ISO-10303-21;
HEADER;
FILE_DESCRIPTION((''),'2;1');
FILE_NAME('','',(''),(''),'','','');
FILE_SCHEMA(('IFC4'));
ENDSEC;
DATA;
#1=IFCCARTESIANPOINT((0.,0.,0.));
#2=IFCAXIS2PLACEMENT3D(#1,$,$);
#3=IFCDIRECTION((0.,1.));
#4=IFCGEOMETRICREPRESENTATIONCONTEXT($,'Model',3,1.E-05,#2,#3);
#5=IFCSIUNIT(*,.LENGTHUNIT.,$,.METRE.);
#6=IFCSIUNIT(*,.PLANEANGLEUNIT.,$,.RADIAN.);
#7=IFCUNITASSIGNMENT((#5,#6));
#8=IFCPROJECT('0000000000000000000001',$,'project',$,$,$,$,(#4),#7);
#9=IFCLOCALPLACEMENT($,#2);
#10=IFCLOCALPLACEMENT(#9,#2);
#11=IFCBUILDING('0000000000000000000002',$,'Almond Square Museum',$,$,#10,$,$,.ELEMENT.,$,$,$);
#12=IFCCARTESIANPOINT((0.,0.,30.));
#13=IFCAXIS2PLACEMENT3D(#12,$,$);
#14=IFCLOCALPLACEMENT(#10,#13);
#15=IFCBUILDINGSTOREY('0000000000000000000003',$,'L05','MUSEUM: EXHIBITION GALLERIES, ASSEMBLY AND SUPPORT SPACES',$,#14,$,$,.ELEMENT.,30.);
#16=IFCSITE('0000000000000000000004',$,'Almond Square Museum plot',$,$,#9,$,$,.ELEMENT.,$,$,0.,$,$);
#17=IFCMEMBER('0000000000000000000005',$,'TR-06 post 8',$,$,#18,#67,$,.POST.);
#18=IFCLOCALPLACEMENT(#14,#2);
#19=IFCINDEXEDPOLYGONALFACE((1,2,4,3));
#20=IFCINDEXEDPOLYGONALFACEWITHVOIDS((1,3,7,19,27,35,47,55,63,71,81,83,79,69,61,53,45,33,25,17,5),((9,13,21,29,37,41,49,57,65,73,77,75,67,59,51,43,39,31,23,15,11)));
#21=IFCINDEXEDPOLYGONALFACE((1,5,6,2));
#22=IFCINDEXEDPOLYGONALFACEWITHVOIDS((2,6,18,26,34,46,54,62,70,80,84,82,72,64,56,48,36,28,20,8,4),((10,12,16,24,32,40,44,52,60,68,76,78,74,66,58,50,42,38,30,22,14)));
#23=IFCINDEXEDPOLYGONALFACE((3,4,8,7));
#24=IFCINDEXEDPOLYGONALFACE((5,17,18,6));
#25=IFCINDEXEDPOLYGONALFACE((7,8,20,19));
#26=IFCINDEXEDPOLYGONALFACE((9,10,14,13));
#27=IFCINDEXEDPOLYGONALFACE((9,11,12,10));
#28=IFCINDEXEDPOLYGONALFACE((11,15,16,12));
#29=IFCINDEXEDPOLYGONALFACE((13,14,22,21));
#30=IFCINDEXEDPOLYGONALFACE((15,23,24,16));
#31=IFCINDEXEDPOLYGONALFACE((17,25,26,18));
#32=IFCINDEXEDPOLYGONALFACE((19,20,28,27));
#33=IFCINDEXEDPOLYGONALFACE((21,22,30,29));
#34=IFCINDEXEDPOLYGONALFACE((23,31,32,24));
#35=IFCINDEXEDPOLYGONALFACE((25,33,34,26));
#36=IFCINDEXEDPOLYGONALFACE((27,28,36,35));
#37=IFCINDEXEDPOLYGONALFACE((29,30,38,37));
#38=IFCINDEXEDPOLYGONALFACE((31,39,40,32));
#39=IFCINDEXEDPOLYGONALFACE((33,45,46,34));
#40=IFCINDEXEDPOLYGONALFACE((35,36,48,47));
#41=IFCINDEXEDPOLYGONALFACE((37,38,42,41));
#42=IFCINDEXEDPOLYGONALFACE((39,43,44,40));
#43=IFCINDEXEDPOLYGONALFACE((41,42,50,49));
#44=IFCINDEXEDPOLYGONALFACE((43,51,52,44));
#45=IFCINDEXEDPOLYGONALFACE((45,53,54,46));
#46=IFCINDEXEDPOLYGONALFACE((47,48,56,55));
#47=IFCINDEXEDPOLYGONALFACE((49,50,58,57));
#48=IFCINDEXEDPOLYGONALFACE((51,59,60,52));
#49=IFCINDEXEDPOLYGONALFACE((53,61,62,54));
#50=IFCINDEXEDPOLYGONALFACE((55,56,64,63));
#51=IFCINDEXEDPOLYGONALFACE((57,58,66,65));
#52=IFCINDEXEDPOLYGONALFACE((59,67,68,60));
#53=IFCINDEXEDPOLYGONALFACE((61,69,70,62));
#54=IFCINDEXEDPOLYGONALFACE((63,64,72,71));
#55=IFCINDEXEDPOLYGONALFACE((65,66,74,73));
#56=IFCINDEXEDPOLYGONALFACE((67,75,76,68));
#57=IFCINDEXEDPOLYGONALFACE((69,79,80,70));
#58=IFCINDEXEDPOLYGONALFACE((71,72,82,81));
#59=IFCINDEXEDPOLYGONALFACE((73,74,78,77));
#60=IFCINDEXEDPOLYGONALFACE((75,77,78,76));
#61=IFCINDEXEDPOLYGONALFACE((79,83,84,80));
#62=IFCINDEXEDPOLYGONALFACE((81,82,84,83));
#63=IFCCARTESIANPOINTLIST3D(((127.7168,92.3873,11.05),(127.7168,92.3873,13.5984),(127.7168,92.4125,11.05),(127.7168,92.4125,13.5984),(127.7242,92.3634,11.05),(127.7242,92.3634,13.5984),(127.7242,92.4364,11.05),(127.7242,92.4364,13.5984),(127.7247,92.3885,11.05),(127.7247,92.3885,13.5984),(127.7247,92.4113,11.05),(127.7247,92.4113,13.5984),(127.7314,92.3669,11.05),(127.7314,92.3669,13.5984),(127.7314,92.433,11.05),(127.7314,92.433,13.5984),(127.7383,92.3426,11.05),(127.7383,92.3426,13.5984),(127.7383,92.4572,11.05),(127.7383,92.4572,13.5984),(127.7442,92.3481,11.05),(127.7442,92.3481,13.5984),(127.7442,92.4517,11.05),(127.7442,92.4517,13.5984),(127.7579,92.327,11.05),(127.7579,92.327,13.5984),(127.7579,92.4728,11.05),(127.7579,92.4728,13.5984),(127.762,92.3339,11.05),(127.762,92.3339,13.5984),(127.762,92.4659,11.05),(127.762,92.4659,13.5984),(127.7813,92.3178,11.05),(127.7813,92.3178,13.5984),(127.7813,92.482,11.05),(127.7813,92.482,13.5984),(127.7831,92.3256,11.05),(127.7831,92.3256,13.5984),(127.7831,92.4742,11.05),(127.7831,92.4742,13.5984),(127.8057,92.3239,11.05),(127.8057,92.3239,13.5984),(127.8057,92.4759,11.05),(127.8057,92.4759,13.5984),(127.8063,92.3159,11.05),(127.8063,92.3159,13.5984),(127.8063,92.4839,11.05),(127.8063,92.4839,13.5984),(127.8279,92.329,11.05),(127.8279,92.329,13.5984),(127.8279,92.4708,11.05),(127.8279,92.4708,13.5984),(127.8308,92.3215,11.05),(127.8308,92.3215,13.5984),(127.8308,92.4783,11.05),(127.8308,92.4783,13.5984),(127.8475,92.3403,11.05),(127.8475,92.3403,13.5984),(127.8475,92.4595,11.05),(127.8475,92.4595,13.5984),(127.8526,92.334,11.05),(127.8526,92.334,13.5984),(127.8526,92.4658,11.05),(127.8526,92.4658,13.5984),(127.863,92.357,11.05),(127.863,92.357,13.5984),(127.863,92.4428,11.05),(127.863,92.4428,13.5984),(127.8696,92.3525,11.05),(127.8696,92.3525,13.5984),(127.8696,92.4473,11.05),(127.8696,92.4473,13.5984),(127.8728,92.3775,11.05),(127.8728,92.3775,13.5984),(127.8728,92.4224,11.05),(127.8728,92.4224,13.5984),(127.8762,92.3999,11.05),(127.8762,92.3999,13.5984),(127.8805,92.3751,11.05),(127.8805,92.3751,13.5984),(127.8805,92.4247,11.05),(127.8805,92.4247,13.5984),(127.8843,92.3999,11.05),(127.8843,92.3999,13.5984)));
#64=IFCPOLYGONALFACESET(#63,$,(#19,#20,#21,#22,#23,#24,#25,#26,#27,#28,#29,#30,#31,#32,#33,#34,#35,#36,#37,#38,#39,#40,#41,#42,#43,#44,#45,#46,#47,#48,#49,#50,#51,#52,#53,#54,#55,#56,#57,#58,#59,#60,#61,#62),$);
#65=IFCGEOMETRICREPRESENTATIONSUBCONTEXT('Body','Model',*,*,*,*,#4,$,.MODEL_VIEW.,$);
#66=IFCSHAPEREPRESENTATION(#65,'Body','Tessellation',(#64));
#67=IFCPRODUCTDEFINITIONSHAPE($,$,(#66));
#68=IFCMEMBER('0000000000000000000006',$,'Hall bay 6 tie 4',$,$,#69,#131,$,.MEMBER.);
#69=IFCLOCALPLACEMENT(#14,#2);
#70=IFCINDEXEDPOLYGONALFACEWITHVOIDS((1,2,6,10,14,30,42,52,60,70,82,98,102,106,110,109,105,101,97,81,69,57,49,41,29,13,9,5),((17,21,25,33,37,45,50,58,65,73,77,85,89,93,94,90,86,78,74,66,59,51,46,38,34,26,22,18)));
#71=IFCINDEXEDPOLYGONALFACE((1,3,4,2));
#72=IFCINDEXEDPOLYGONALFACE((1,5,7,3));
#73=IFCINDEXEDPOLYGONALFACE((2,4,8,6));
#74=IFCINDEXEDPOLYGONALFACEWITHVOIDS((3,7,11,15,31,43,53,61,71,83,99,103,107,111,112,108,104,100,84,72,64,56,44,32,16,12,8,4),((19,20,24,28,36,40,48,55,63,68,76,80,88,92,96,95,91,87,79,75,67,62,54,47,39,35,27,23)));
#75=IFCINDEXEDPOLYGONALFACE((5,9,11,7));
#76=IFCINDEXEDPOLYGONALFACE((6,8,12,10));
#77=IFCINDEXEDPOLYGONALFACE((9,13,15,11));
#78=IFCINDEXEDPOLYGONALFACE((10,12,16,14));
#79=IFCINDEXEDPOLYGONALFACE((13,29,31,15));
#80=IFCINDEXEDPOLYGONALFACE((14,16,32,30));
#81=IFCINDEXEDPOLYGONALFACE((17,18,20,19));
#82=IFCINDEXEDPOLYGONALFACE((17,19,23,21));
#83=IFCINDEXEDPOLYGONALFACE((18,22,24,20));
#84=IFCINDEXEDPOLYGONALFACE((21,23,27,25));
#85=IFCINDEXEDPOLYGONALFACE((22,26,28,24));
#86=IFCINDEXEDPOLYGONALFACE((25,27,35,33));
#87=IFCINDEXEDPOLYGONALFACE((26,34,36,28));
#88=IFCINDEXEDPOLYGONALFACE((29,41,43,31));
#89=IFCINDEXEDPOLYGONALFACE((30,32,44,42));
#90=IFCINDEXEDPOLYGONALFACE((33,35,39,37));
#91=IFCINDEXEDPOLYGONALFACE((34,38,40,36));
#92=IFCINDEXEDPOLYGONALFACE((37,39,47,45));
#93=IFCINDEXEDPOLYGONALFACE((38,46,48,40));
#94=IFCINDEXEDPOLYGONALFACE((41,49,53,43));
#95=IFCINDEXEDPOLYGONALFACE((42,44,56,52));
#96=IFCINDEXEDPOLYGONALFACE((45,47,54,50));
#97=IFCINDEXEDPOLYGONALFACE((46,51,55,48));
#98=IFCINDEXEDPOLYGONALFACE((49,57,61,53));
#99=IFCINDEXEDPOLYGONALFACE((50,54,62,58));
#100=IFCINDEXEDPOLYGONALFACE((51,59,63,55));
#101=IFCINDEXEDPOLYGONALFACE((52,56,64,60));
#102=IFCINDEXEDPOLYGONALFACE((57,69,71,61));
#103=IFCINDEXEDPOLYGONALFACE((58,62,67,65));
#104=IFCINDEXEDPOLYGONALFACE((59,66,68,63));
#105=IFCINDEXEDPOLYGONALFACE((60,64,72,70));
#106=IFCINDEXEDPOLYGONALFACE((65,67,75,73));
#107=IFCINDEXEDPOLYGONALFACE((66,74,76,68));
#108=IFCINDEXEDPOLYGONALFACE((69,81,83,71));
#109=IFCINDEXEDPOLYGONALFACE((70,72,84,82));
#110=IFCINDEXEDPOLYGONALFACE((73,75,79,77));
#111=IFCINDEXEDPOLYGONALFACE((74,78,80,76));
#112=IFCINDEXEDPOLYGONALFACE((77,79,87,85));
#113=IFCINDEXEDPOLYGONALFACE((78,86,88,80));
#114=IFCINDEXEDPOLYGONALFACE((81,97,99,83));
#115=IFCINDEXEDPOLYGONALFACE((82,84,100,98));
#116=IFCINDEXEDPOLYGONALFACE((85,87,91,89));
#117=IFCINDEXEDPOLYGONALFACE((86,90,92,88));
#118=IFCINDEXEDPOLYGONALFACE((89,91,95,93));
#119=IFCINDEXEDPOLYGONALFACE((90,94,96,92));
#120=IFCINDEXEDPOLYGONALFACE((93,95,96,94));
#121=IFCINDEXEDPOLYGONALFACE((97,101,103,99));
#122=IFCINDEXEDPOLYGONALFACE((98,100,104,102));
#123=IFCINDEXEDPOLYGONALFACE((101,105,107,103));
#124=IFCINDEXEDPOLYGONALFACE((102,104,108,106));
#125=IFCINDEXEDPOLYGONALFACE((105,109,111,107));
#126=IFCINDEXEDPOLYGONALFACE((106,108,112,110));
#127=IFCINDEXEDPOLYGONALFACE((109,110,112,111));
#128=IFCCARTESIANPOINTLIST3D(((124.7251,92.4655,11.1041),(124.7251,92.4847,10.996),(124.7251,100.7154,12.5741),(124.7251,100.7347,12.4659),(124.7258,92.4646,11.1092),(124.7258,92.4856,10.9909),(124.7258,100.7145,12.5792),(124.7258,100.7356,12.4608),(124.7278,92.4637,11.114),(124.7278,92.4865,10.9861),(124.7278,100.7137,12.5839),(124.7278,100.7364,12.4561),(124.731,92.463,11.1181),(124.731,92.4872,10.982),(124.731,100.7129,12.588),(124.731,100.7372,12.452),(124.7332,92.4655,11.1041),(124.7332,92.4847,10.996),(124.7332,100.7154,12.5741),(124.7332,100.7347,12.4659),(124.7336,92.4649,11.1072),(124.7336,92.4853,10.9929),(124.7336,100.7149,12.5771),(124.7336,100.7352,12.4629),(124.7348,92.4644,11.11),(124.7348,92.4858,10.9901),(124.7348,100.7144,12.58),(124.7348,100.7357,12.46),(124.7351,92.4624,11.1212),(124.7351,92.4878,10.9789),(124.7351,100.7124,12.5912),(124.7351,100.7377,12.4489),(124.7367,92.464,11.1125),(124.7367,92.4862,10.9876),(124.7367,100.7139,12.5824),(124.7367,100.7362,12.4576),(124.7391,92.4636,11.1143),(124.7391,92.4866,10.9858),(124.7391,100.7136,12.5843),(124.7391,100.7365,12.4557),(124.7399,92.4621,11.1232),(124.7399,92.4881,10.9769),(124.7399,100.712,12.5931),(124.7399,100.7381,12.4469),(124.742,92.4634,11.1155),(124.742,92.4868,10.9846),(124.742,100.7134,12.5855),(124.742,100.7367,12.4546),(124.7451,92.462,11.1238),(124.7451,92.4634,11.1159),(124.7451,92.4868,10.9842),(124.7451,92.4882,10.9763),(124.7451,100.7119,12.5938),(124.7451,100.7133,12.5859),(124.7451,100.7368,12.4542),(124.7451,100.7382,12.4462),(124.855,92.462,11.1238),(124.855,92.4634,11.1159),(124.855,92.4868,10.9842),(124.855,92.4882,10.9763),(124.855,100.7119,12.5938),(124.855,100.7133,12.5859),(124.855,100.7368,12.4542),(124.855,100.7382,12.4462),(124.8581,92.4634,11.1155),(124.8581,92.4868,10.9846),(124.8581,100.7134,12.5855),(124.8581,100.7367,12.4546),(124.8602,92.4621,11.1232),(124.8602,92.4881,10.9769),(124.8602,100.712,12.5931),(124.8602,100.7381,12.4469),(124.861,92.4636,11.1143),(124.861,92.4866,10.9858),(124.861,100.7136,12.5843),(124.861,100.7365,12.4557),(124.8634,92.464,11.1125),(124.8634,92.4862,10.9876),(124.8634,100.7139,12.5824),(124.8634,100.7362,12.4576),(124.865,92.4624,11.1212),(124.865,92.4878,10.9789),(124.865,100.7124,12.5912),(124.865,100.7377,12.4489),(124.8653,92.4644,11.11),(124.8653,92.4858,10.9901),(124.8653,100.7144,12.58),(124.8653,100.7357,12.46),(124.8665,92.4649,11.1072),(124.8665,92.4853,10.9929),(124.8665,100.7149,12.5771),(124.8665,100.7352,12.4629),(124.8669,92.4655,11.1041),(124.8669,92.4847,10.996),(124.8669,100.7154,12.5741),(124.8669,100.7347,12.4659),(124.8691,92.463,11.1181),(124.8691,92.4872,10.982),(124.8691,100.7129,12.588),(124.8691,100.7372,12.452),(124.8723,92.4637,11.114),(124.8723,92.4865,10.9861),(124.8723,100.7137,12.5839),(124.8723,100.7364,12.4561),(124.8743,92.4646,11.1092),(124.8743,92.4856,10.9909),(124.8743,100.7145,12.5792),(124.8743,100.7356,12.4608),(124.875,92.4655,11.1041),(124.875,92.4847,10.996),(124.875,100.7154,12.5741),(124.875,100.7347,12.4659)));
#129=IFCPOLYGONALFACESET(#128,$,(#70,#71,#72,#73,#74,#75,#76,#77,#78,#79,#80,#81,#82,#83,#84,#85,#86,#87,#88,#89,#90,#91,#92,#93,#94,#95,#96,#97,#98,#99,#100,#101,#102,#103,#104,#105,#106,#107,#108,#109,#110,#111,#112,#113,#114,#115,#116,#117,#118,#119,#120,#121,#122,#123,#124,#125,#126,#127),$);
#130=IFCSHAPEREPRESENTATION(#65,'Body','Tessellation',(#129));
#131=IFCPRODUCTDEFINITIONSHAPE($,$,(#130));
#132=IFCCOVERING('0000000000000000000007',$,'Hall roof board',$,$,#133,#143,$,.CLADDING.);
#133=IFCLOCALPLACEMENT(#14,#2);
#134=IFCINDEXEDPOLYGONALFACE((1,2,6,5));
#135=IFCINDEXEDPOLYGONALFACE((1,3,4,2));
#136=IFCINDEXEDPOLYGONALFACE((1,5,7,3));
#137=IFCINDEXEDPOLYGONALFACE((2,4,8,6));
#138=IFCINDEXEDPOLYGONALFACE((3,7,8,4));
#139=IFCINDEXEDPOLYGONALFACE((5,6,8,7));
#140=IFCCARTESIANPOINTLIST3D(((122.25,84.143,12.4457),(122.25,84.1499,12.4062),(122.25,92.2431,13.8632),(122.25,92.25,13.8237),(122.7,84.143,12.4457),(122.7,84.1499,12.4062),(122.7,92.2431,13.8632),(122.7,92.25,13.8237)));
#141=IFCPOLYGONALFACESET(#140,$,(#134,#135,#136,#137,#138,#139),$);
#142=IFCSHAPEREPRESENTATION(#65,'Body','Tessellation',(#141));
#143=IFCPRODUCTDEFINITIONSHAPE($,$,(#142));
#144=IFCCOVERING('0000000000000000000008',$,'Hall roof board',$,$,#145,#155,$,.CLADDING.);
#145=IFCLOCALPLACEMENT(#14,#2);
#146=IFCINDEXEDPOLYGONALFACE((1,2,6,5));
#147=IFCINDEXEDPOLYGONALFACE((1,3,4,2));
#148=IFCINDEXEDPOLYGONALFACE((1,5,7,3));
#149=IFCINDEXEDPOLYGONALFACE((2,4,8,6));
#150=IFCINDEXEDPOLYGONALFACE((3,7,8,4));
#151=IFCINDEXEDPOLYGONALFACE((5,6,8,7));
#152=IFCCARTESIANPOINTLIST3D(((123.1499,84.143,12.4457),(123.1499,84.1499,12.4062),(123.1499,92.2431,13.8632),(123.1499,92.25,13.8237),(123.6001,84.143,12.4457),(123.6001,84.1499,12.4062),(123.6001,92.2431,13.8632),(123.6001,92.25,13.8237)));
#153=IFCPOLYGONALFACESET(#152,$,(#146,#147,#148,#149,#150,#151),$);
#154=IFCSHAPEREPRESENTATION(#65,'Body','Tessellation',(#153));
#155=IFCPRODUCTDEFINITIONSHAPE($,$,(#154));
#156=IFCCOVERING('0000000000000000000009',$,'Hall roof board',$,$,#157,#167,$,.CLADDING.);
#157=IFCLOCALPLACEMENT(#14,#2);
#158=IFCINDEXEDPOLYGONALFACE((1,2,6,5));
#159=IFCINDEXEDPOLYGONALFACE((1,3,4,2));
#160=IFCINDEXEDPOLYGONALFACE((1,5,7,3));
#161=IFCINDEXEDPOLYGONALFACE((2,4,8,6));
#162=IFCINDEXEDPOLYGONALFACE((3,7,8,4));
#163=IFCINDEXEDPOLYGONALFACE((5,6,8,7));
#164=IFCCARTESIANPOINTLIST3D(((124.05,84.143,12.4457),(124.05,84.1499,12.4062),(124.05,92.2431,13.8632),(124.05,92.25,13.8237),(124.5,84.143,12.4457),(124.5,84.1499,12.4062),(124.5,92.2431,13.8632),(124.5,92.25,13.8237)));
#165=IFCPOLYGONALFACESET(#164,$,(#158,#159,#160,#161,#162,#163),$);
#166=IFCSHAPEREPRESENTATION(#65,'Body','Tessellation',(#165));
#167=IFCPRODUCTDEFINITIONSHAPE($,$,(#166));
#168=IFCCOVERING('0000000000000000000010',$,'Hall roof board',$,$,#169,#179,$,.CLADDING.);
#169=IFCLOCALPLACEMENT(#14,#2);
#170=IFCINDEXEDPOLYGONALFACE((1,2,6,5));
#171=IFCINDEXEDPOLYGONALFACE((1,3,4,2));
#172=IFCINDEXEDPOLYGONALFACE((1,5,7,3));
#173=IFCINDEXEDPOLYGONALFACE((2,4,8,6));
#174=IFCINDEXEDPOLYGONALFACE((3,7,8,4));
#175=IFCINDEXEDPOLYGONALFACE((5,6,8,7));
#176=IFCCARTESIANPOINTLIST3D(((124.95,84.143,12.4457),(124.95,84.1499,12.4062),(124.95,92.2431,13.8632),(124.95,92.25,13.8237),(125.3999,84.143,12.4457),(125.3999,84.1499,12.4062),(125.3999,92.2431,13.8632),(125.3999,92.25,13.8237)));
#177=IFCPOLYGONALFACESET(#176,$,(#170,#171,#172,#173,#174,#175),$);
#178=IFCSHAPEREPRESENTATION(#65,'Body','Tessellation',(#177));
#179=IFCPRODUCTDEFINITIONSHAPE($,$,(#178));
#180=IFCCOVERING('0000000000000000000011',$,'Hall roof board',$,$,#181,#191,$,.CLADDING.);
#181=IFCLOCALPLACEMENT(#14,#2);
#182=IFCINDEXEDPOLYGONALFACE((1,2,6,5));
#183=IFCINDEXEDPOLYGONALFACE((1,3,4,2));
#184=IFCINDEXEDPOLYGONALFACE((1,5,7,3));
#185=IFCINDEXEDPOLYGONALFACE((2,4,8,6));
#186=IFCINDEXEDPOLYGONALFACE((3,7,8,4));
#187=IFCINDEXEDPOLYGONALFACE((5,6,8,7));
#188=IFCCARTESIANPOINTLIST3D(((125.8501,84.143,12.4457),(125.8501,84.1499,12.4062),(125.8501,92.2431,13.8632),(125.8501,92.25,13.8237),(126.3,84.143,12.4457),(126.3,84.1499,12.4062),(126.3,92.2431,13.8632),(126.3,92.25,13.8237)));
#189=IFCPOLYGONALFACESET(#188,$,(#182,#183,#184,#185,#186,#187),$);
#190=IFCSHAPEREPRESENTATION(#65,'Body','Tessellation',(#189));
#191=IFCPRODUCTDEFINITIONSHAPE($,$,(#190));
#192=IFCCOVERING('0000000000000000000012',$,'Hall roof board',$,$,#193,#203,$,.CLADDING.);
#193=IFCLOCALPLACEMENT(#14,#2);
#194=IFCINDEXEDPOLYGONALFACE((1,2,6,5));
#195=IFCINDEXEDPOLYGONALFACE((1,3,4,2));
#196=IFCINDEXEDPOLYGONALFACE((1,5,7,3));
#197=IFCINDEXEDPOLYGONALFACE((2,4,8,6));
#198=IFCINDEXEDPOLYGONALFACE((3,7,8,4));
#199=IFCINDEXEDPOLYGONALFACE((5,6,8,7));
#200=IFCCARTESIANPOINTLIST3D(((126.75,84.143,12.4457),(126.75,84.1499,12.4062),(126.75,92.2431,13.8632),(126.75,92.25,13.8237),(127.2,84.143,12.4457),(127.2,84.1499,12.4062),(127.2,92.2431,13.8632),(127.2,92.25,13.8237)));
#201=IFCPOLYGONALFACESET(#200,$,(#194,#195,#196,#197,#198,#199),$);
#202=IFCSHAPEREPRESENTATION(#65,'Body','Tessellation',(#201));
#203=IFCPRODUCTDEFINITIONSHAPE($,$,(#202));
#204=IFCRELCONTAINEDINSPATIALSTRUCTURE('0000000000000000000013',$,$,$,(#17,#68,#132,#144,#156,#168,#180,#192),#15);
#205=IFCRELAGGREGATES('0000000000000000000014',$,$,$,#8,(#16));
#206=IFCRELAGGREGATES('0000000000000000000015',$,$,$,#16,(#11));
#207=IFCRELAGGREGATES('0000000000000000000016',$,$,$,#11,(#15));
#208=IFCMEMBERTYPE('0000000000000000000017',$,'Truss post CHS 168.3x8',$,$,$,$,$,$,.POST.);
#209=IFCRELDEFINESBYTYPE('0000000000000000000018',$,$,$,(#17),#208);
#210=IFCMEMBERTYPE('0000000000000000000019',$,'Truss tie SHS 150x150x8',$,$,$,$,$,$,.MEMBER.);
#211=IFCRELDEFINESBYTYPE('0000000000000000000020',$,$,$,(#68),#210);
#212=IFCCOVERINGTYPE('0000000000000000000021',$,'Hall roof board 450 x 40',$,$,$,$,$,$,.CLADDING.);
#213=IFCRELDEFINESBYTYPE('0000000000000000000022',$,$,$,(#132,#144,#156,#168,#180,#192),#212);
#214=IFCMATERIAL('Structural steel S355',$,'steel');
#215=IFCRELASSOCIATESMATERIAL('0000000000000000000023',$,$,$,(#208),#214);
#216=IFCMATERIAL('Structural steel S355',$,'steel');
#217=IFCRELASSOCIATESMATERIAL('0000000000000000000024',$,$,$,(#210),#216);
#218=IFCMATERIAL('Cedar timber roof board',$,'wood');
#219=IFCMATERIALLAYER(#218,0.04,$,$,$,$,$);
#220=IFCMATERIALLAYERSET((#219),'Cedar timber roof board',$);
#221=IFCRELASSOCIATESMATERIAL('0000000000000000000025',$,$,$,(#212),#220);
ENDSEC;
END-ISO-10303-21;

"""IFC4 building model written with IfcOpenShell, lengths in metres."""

from ifc_helpers import new_model, si_unit, direction, frame, origin, origin_2d, place, context, subcontext, project, spatial, polyline, hollow_rectangle, hollow_circle, outline, extrude, material, layer, layer_set, material_profile, profile_set, type_object, element, save


model = new_model("IFC4")

# Units and contexts
model_context = context("Model", 3, precision=1e-05, world=origin(), true_north=direction((0.0, 1.0)))
body_context = subcontext(model_context, "Body", "Model", "MODEL_VIEW")
ifc_project = project(units=[si_unit("LENGTHUNIT", "METRE"), si_unit("PLANEANGLEUNIT", "RADIAN")], contexts=[model_context])

# Site, building, storey
site_placement = place(None, origin())
site = spatial("IfcSite", under=ifc_project, at=site_placement, Name="Almond Square Museum plot", CompositionType="ELEMENT", RefElevation=0.0)
building_placement = place(site_placement, origin())
building = spatial("IfcBuilding", under=site, at=building_placement, Name="Almond Square Museum", CompositionType="ELEMENT")
storey_placement = place(building_placement, frame((0.0, 0.0, 30.0)))
storey = spatial("IfcBuildingStorey", under=building, at=storey_placement, Name="L05", Description="MUSEUM: EXHIBITION GALLERIES, ASSEMBLY AND SUPPORT SPACES", CompositionType="ELEMENT", Elevation=30.0)

# Members
ifc_material_1 = material(Name="Structural steel S355", Category="steel")
ifc_material_profile_1 = material_profile(ifc_material_1, hollow_circle(Radius=0.0842, WallThickness=0.0081, at=origin_2d()))
ifc_profile_set_1 = profile_set([ifc_material_profile_1], Name="Structural steel S355")
member_type_1 = type_object("IfcMemberType", Name="Truss post CHS 168.3x8", PredefinedType="POST", material=ifc_profile_set_1)
for number, where, z_axis, x_axis, name in (
    (1, (127.8, 92.3999, 11.05), (0.0, 0.0, 1.0), (1.0, 0.0, 0.0), "TR-06 post 8"),
):
    element("IfcMember", number, at=place(storey_placement, frame(where, z_axis=z_axis, x_axis=x_axis)), inside=storey, type_object=member_type_1, Name=name, PredefinedType="POST", context=body_context, shape_type="SweptSolid", body=[
        extrude(hollow_circle(Radius=0.0842, WallThickness=0.0081, at=origin_2d()), origin(), (0.0, 0.0, 1.0), 2.5483),
    ])
ifc_material_2 = material(Name="Structural steel S355", Category="steel")
ifc_material_profile_2 = material_profile(ifc_material_2, hollow_rectangle(XDim=0.1499, YDim=0.1499, WallThickness=0.0081, InnerFilletRadius=0.012, OuterFilletRadius=0.02, at=origin_2d()))
ifc_profile_set_2 = profile_set([ifc_material_profile_2], Name="Structural steel S355")
member_type_2 = type_object("IfcMemberType", Name="Truss tie SHS 150x150x8", PredefinedType="MEMBER", material=ifc_profile_set_2)
member_placement = place(storey_placement, frame((124.8, 92.4751, 11.05), z_axis=(0.0, 0.984494, 0.175416), x_axis=(-1.0, 0.0, 0.0)))
element("IfcMember", 2, at=member_placement, inside=storey, type_object=member_type_2, Name="Hall bay 6 tie 4", PredefinedType="MEMBER", context=body_context, shape_type="SweptSolid", body=[
    extrude(hollow_rectangle(XDim=0.1499, YDim=0.1499, WallThickness=0.0081, InnerFilletRadius=0.012, OuterFilletRadius=0.02, at=origin_2d()), origin(), (0.0, 0.0, 1.0), 8.3799),
])

# Coverings
ifc_material_3 = material(Name="Cedar timber roof board", Category="wood")
ifc_layer = layer(ifc_material_3, 0.04)
ifc_layer_set = layer_set([ifc_layer], Name="Cedar timber roof board")
covering_type = type_object("IfcCoveringType", Name="Hall roof board 450 x 40", PredefinedType="CLADDING", material=ifc_layer_set)
covering_1_placement = place(storey_placement, frame((122.7, 92.25, 13.8237), z_axis=(0.0, -0.172376, 0.985031), x_axis=(-1.0, 0.0, 0.0)))
element("IfcCovering", 3, at=covering_1_placement, inside=storey, type_object=covering_type, Name="Hall roof board", PredefinedType="CLADDING", context=body_context, shape_type="SweptSolid", body=[
    extrude(outline(polyline([(0.0, 0.0), (0.45, 0.0), (0.45, 8.2232), (0.0, 8.2232), (0.0, 0.0)])), origin(), (0.0, 0.0, 1.0), 0.04),
])
covering_2_placement = place(storey_placement, frame((123.6001, 92.25, 13.8237), z_axis=(0.0, -0.172376, 0.985031), x_axis=(-1.0, 0.0, 0.0)))
element("IfcCovering", 4, at=covering_2_placement, inside=storey, type_object=covering_type, Name="Hall roof board", PredefinedType="CLADDING", context=body_context, shape_type="SweptSolid", body=[
    extrude(outline(polyline([(0.0, 0.0), (0.4502, 0.0), (0.4502, 8.2232), (0.0, 8.2232), (0.0, 0.0)])), origin(), (0.0, 0.0, 1.0), 0.04),
])
for number, where, z_axis, x_axis, name in (
    (5, (124.5, 92.25, 13.8237), (0.0, -0.172376, 0.985031), (-1.0, 0.0, 0.0), "Hall roof board"),
    (6, (125.3999, 92.25, 13.8237), (0.0, -0.172376, 0.985031), (-1.0, 0.0, 0.0), "Hall roof board"),
    (7, (126.3, 92.25, 13.8237), (0.0, -0.172376, 0.985031), (-1.0, 0.0, 0.0), "Hall roof board"),
    (8, (127.2, 92.25, 13.8237), (0.0, -0.172376, 0.985031), (-1.0, 0.0, 0.0), "Hall roof board"),
):
    element("IfcCovering", number, at=place(storey_placement, frame(where, z_axis=z_axis, x_axis=x_axis)), inside=storey, type_object=covering_type, Name=name, PredefinedType="CLADDING", context=body_context, shape_type="SweptSolid", body=[
        extrude(outline(polyline([(0.0, 0.0), (0.45, 0.0), (0.45, 8.2232), (0.0, 8.2232), (0.0, 0.0)])), origin(), (0.0, 0.0, 1.0), 0.04),
    ])

save(model, "model.ifc")
